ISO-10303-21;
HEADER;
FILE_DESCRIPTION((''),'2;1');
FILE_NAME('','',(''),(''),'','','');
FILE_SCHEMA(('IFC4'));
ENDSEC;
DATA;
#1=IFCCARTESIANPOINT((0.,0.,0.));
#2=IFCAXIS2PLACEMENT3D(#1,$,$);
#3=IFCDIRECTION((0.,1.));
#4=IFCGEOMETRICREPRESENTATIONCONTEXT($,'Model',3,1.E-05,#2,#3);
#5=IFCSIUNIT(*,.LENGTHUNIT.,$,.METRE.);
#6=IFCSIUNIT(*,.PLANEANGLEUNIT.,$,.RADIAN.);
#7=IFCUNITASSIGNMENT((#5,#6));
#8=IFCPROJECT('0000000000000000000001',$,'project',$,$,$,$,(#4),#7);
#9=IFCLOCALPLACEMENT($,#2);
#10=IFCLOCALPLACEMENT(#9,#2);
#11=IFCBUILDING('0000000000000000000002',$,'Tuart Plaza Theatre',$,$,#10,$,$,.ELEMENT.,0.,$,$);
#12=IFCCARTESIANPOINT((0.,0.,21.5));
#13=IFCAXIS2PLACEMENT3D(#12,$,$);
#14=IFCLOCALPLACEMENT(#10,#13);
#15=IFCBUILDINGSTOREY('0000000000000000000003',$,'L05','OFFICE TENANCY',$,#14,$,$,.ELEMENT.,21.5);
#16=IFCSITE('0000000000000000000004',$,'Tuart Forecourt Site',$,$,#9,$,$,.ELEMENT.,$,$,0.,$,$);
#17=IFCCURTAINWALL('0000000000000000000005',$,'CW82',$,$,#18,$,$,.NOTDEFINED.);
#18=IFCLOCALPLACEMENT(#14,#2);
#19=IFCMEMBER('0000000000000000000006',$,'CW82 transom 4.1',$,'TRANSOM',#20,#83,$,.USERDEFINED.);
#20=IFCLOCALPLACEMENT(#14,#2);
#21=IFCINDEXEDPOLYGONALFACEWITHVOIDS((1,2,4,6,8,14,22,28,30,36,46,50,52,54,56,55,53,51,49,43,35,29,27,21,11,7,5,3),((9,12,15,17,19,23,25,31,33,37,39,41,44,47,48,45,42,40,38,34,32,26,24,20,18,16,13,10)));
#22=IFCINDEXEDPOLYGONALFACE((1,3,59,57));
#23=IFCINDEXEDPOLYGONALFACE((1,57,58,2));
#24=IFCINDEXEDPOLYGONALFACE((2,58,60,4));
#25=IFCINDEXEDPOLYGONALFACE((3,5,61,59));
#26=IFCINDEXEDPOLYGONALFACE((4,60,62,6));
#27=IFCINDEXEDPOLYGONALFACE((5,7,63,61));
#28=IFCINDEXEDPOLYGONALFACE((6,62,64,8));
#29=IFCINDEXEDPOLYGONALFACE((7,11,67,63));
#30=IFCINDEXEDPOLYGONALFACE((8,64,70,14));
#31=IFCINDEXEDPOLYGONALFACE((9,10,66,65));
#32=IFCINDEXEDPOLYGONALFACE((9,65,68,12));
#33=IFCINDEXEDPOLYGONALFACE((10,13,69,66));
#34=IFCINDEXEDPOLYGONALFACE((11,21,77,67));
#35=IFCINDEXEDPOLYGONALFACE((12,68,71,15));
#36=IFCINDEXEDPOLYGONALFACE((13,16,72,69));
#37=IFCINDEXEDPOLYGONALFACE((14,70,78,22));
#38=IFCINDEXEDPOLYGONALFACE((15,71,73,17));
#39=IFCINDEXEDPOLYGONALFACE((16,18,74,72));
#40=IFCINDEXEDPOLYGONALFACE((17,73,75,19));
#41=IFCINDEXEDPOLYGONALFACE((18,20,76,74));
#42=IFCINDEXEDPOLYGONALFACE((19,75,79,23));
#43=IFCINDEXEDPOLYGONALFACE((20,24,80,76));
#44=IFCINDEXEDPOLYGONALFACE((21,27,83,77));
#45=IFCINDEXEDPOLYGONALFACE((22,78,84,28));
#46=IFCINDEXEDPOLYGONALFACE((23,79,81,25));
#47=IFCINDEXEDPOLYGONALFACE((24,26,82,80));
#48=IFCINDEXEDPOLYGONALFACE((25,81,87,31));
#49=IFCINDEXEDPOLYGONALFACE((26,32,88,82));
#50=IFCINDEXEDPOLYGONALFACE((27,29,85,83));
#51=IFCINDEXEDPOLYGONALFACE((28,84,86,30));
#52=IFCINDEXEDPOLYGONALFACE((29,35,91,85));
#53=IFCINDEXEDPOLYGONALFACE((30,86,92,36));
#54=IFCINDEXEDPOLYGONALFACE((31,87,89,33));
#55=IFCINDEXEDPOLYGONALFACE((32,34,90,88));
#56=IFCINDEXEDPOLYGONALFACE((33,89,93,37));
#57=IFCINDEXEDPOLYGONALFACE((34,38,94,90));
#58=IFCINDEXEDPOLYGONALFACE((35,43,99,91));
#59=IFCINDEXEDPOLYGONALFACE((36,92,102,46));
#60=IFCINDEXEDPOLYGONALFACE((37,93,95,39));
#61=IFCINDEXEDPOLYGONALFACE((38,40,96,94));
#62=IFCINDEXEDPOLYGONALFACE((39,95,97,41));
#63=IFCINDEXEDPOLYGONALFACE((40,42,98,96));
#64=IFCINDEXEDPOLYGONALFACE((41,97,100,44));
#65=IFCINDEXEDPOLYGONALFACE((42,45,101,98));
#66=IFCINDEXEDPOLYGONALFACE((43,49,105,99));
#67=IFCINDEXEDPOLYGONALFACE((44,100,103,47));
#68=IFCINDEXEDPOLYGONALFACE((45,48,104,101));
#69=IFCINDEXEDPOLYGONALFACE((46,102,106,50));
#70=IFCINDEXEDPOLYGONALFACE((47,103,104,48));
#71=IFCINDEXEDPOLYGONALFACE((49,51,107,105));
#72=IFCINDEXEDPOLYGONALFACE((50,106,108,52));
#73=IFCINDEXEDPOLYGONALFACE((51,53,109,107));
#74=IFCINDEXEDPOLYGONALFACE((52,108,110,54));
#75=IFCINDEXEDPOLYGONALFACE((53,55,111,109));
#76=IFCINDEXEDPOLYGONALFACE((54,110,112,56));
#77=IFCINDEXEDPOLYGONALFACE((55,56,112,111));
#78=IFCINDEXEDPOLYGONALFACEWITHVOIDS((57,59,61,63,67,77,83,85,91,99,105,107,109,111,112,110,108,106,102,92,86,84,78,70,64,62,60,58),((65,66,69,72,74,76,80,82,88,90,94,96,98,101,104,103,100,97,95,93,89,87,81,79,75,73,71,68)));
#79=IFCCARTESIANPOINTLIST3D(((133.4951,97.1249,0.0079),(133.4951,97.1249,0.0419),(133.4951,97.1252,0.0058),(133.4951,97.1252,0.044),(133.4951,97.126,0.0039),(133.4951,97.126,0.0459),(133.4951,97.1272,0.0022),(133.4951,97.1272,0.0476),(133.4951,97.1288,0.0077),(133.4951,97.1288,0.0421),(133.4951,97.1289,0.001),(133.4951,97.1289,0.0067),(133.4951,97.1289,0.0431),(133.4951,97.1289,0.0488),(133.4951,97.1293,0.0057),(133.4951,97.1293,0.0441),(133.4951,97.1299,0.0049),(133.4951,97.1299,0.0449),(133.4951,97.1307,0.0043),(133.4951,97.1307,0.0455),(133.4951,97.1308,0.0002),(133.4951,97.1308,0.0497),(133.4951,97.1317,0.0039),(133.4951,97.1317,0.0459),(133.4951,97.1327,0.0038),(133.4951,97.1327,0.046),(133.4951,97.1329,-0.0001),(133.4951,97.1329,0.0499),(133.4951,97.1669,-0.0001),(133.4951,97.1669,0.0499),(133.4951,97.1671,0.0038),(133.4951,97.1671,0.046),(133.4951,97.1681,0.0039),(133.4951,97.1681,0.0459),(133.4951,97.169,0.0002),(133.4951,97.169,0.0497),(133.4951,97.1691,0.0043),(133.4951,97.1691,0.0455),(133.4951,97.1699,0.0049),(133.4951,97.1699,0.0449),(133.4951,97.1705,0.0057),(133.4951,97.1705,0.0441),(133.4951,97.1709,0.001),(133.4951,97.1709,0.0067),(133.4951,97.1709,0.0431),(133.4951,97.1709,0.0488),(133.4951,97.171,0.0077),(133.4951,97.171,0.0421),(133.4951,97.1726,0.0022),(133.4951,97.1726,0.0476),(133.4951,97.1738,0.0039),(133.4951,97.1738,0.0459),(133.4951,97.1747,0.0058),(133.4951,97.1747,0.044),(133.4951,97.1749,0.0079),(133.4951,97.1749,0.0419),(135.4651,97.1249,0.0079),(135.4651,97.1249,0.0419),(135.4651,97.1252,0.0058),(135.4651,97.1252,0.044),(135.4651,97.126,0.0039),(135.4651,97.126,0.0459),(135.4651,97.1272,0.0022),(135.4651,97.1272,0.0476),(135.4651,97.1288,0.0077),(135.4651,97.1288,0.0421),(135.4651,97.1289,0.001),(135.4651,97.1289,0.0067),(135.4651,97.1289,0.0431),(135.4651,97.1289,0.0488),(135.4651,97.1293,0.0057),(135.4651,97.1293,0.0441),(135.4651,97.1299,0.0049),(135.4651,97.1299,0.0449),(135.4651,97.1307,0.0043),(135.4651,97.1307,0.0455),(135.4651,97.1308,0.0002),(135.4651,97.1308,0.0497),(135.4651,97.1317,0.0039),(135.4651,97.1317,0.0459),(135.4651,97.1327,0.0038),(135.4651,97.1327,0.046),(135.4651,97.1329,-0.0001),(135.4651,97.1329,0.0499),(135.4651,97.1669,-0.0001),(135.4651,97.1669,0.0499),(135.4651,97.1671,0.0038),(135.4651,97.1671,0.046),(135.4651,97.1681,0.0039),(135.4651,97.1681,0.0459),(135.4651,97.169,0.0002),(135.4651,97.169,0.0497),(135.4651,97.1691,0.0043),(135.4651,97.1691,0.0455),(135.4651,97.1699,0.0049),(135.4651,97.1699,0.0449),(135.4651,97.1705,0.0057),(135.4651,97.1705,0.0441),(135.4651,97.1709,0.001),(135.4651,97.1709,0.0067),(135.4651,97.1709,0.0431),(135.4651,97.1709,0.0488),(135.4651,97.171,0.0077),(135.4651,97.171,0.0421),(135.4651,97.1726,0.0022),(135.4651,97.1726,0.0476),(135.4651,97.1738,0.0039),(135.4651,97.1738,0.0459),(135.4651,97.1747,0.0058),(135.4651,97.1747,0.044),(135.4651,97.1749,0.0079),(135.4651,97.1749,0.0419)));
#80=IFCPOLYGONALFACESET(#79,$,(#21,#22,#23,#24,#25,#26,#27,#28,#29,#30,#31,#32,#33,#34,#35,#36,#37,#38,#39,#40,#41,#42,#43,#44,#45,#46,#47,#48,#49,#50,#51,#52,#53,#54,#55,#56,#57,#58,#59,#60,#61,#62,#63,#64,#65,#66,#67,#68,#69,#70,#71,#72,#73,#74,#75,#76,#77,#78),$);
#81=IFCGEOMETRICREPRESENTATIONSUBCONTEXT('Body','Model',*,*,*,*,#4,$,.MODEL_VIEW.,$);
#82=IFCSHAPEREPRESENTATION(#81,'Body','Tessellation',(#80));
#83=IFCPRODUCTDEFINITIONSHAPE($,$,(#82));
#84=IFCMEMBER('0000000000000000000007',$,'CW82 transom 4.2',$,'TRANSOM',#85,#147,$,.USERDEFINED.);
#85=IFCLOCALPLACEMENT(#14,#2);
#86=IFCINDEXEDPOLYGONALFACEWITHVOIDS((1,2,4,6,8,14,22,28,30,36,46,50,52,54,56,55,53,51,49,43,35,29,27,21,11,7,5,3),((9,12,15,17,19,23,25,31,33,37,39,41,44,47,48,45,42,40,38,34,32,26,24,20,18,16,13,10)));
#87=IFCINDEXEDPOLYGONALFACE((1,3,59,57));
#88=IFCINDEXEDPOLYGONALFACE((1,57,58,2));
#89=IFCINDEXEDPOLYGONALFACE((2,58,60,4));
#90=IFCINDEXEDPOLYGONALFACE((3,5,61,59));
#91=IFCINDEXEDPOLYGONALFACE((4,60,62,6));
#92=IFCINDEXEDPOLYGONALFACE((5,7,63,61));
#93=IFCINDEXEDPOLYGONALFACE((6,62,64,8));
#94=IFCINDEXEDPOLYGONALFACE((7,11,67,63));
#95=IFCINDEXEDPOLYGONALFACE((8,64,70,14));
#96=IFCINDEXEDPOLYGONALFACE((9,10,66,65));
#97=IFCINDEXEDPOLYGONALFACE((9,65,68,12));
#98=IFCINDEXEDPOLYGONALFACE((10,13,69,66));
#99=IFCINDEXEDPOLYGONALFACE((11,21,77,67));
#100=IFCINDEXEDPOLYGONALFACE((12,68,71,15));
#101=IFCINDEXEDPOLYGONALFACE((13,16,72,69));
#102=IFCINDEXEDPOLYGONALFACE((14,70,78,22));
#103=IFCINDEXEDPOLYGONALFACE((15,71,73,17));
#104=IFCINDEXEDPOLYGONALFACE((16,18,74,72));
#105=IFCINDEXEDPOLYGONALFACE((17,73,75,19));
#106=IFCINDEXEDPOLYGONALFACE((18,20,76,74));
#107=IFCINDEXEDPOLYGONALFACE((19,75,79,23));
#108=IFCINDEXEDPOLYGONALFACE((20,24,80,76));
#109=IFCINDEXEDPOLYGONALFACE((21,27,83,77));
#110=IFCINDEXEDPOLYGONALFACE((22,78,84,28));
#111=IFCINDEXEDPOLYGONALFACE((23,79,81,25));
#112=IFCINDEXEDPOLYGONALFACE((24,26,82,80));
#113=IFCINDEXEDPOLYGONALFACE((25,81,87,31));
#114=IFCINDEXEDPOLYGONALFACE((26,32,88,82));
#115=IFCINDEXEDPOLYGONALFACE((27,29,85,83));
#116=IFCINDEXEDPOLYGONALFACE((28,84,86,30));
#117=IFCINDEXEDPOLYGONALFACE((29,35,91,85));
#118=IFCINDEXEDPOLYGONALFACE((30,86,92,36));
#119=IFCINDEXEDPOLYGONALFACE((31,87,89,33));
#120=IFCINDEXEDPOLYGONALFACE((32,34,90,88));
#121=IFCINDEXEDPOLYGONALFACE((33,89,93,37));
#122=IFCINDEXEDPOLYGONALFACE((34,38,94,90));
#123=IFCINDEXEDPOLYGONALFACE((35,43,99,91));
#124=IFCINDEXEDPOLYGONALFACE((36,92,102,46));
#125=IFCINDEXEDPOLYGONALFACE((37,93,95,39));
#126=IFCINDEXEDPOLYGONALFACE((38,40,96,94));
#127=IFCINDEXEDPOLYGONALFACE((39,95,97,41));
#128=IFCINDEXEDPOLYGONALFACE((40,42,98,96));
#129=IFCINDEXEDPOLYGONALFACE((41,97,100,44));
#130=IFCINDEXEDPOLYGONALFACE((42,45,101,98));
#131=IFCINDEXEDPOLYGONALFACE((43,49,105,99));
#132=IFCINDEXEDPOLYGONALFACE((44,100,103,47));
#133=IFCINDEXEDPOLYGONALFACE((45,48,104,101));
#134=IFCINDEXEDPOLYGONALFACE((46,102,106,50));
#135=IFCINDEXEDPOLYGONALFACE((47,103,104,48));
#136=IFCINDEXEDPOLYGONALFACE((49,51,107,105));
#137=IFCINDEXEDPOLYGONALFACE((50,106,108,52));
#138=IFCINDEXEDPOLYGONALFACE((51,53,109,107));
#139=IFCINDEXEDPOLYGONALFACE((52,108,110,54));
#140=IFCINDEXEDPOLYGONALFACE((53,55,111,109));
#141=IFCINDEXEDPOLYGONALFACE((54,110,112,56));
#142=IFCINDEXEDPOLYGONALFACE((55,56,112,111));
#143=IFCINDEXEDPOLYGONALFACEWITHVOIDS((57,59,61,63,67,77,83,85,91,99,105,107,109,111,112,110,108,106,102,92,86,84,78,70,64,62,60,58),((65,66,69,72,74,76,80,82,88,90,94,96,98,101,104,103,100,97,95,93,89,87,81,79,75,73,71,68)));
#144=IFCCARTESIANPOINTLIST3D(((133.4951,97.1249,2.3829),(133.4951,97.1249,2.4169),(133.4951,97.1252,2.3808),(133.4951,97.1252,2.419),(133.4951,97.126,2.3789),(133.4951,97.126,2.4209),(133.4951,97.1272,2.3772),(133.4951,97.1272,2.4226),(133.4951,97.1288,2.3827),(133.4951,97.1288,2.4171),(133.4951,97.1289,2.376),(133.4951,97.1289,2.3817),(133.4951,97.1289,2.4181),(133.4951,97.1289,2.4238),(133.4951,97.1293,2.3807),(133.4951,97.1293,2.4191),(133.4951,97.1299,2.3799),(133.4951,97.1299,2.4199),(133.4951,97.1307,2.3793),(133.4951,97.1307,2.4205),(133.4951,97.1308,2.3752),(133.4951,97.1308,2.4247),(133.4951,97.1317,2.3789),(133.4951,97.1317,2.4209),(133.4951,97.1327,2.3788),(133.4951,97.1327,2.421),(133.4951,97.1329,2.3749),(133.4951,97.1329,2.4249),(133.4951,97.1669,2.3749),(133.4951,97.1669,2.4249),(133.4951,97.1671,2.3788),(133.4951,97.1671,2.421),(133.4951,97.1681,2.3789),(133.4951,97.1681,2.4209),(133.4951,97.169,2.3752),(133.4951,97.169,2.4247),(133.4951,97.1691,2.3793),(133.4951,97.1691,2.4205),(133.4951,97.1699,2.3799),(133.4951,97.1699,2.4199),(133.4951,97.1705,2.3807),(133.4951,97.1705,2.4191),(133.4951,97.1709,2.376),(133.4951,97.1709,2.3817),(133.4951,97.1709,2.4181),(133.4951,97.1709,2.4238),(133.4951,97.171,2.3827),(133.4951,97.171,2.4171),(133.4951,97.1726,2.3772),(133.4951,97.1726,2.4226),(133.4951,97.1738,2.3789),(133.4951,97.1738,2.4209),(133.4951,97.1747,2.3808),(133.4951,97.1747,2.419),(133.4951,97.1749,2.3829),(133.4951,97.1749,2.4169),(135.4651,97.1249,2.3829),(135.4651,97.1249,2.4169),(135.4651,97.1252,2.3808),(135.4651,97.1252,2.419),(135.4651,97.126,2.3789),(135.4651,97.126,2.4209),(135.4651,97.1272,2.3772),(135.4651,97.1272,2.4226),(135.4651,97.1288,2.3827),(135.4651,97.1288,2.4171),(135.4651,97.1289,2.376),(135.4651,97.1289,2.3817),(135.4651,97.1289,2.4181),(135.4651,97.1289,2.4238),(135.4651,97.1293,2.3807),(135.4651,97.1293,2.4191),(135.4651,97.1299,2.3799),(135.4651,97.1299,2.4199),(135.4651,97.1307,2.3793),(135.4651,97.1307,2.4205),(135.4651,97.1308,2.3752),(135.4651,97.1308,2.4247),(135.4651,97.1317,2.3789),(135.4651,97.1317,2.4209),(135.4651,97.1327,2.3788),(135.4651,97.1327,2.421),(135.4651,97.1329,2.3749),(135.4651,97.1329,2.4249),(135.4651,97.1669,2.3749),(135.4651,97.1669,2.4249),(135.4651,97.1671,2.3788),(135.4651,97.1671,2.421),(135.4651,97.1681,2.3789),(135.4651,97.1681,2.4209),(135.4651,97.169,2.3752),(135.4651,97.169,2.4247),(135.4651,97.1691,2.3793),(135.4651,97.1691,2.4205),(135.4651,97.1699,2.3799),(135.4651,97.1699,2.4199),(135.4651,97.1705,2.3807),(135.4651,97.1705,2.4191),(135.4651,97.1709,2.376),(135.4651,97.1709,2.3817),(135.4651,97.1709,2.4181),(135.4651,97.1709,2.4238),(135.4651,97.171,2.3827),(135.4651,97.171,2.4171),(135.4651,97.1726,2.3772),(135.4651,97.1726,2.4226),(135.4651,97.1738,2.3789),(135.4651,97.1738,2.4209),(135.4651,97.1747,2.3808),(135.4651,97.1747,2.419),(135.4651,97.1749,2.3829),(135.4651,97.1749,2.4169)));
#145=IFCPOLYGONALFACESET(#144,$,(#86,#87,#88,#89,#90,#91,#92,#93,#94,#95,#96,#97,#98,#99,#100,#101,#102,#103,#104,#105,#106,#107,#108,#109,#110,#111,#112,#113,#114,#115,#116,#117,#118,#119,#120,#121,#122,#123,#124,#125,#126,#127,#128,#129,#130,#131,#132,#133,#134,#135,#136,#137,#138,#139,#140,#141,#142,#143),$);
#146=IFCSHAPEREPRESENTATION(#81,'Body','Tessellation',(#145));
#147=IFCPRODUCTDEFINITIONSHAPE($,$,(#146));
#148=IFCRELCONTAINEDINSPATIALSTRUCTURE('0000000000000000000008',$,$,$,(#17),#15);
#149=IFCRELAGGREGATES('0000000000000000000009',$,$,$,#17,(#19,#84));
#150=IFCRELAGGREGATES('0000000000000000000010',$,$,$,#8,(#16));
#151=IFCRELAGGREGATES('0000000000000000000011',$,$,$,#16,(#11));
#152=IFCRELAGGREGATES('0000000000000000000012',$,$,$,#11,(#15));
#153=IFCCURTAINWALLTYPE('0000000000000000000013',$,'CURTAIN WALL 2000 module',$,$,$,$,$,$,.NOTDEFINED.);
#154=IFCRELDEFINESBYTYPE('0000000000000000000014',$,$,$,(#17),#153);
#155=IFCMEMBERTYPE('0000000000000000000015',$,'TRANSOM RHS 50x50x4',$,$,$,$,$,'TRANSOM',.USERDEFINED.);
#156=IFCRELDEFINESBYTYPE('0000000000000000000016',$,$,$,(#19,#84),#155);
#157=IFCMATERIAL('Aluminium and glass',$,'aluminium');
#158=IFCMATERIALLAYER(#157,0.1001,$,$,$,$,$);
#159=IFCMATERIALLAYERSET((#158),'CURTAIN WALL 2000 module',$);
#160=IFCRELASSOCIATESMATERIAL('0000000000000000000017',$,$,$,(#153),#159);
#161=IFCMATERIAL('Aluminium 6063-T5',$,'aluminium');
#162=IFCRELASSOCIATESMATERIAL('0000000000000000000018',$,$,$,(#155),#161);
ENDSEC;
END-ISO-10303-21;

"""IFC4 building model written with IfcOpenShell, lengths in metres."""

from ifc_helpers import new_model, si_unit, direction, frame, origin, origin_2d, place, context, subcontext, project, spatial, hollow_rectangle, extrude, material, layer, layer_set, material_profile, profile_set, type_object, element, aggregate, save


model = new_model("IFC4")

# Units and contexts
model_context = context("Model", 3, precision=1e-05, world=origin(), true_north=direction((0.0, 1.0)))
body_context = subcontext(model_context, "Body", "Model", "MODEL_VIEW")
ifc_project = project(units=[si_unit("LENGTHUNIT", "METRE"), si_unit("PLANEANGLEUNIT", "RADIAN")], contexts=[model_context])

# Site, building, storey
site_placement = place(None, origin())
site = spatial("IfcSite", under=ifc_project, at=site_placement, Name="Tuart Forecourt Site", CompositionType="ELEMENT", RefElevation=0.0)
building_placement = place(site_placement, origin())
building = spatial("IfcBuilding", under=site, at=building_placement, Name="Tuart Plaza Theatre", CompositionType="ELEMENT", ElevationOfRefHeight=0.0)
storey_placement = place(building_placement, frame((0.0, 0.0, 21.5)))
storey = spatial("IfcBuildingStorey", under=building, at=storey_placement, Name="L05", Description="OFFICE TENANCY", CompositionType="ELEMENT", Elevation=21.5)

# Curtain wall
ifc_material_1 = material(Name="Aluminium and glass", Category="aluminium")
ifc_layer_1 = layer(ifc_material_1, 0.1001)
ifc_layer_set_1 = layer_set([ifc_layer_1], Name="CURTAIN WALL 2000 module")
curtain_wall_type = type_object("IfcCurtainWallType", Name="CURTAIN WALL 2000 module", PredefinedType="NOTDEFINED", material=ifc_layer_set_1)
curtain_wall_1_placement = place(storey_placement, origin())
curtain_wall_1 = element("IfcCurtainWall", 1, at=curtain_wall_1_placement, inside=storey, type_object=curtain_wall_type, Name="CW82", PredefinedType="NOTDEFINED")

# Members
ifc_material_2 = material(Name="Aluminium 6063-T5", Category="aluminium")
ifc_material_profile_1 = material_profile(ifc_material_2, hollow_rectangle(XDim=0.05, YDim=0.05, WallThickness=0.0039, InnerFilletRadius=0.0039, OuterFilletRadius=0.0081, at=origin_2d()), Name="RHS 50x50x4")
ifc_profile_set_1 = profile_set([ifc_material_profile_1], Name="Aluminium 6063-T5")
member_type_1 = type_object("IfcMemberType", Name="TRANSOM RHS 50x50x4", ElementType="TRANSOM", PredefinedType="USERDEFINED", material=ifc_profile_set_1)
member_1_placement = place(storey_placement, frame((135.4651, 97.1499, 0.0249), z_axis=(-1.0, 0.0, 0.0), x_axis=(0.0, -1.0, 0.0)))
member_1 = element("IfcMember", 2, at=member_1_placement, type_object=member_type_1, Name="CW82 transom 4.1", ObjectType="TRANSOM", PredefinedType="USERDEFINED", context=body_context, shape_type="SweptSolid", body=[
    extrude(hollow_rectangle(XDim=0.05, YDim=0.05, WallThickness=0.0039, InnerFilletRadius=0.0039, OuterFilletRadius=0.0081, at=origin_2d()), origin(), (0.0, 0.0, 1.0), 1.97),
])
member_2_placement = place(storey_placement, frame((135.4651, 97.1499, 2.3999), z_axis=(-1.0, 0.0, 0.0), x_axis=(0.0, -1.0, 0.0)))
member_2 = element("IfcMember", 3, at=member_2_placement, type_object=member_type_1, Name="CW82 transom 4.2", ObjectType="TRANSOM", PredefinedType="USERDEFINED", context=body_context, shape_type="SweptSolid", body=[
    extrude(hollow_rectangle(XDim=0.05, YDim=0.05, WallThickness=0.0039, InnerFilletRadius=0.0039, OuterFilletRadius=0.0081, at=origin_2d()), origin(), (0.0, 0.0, 1.0), 1.97),
])

aggregate(curtain_wall_1, [member_1, member_2])

save(model, "model.ifc")
